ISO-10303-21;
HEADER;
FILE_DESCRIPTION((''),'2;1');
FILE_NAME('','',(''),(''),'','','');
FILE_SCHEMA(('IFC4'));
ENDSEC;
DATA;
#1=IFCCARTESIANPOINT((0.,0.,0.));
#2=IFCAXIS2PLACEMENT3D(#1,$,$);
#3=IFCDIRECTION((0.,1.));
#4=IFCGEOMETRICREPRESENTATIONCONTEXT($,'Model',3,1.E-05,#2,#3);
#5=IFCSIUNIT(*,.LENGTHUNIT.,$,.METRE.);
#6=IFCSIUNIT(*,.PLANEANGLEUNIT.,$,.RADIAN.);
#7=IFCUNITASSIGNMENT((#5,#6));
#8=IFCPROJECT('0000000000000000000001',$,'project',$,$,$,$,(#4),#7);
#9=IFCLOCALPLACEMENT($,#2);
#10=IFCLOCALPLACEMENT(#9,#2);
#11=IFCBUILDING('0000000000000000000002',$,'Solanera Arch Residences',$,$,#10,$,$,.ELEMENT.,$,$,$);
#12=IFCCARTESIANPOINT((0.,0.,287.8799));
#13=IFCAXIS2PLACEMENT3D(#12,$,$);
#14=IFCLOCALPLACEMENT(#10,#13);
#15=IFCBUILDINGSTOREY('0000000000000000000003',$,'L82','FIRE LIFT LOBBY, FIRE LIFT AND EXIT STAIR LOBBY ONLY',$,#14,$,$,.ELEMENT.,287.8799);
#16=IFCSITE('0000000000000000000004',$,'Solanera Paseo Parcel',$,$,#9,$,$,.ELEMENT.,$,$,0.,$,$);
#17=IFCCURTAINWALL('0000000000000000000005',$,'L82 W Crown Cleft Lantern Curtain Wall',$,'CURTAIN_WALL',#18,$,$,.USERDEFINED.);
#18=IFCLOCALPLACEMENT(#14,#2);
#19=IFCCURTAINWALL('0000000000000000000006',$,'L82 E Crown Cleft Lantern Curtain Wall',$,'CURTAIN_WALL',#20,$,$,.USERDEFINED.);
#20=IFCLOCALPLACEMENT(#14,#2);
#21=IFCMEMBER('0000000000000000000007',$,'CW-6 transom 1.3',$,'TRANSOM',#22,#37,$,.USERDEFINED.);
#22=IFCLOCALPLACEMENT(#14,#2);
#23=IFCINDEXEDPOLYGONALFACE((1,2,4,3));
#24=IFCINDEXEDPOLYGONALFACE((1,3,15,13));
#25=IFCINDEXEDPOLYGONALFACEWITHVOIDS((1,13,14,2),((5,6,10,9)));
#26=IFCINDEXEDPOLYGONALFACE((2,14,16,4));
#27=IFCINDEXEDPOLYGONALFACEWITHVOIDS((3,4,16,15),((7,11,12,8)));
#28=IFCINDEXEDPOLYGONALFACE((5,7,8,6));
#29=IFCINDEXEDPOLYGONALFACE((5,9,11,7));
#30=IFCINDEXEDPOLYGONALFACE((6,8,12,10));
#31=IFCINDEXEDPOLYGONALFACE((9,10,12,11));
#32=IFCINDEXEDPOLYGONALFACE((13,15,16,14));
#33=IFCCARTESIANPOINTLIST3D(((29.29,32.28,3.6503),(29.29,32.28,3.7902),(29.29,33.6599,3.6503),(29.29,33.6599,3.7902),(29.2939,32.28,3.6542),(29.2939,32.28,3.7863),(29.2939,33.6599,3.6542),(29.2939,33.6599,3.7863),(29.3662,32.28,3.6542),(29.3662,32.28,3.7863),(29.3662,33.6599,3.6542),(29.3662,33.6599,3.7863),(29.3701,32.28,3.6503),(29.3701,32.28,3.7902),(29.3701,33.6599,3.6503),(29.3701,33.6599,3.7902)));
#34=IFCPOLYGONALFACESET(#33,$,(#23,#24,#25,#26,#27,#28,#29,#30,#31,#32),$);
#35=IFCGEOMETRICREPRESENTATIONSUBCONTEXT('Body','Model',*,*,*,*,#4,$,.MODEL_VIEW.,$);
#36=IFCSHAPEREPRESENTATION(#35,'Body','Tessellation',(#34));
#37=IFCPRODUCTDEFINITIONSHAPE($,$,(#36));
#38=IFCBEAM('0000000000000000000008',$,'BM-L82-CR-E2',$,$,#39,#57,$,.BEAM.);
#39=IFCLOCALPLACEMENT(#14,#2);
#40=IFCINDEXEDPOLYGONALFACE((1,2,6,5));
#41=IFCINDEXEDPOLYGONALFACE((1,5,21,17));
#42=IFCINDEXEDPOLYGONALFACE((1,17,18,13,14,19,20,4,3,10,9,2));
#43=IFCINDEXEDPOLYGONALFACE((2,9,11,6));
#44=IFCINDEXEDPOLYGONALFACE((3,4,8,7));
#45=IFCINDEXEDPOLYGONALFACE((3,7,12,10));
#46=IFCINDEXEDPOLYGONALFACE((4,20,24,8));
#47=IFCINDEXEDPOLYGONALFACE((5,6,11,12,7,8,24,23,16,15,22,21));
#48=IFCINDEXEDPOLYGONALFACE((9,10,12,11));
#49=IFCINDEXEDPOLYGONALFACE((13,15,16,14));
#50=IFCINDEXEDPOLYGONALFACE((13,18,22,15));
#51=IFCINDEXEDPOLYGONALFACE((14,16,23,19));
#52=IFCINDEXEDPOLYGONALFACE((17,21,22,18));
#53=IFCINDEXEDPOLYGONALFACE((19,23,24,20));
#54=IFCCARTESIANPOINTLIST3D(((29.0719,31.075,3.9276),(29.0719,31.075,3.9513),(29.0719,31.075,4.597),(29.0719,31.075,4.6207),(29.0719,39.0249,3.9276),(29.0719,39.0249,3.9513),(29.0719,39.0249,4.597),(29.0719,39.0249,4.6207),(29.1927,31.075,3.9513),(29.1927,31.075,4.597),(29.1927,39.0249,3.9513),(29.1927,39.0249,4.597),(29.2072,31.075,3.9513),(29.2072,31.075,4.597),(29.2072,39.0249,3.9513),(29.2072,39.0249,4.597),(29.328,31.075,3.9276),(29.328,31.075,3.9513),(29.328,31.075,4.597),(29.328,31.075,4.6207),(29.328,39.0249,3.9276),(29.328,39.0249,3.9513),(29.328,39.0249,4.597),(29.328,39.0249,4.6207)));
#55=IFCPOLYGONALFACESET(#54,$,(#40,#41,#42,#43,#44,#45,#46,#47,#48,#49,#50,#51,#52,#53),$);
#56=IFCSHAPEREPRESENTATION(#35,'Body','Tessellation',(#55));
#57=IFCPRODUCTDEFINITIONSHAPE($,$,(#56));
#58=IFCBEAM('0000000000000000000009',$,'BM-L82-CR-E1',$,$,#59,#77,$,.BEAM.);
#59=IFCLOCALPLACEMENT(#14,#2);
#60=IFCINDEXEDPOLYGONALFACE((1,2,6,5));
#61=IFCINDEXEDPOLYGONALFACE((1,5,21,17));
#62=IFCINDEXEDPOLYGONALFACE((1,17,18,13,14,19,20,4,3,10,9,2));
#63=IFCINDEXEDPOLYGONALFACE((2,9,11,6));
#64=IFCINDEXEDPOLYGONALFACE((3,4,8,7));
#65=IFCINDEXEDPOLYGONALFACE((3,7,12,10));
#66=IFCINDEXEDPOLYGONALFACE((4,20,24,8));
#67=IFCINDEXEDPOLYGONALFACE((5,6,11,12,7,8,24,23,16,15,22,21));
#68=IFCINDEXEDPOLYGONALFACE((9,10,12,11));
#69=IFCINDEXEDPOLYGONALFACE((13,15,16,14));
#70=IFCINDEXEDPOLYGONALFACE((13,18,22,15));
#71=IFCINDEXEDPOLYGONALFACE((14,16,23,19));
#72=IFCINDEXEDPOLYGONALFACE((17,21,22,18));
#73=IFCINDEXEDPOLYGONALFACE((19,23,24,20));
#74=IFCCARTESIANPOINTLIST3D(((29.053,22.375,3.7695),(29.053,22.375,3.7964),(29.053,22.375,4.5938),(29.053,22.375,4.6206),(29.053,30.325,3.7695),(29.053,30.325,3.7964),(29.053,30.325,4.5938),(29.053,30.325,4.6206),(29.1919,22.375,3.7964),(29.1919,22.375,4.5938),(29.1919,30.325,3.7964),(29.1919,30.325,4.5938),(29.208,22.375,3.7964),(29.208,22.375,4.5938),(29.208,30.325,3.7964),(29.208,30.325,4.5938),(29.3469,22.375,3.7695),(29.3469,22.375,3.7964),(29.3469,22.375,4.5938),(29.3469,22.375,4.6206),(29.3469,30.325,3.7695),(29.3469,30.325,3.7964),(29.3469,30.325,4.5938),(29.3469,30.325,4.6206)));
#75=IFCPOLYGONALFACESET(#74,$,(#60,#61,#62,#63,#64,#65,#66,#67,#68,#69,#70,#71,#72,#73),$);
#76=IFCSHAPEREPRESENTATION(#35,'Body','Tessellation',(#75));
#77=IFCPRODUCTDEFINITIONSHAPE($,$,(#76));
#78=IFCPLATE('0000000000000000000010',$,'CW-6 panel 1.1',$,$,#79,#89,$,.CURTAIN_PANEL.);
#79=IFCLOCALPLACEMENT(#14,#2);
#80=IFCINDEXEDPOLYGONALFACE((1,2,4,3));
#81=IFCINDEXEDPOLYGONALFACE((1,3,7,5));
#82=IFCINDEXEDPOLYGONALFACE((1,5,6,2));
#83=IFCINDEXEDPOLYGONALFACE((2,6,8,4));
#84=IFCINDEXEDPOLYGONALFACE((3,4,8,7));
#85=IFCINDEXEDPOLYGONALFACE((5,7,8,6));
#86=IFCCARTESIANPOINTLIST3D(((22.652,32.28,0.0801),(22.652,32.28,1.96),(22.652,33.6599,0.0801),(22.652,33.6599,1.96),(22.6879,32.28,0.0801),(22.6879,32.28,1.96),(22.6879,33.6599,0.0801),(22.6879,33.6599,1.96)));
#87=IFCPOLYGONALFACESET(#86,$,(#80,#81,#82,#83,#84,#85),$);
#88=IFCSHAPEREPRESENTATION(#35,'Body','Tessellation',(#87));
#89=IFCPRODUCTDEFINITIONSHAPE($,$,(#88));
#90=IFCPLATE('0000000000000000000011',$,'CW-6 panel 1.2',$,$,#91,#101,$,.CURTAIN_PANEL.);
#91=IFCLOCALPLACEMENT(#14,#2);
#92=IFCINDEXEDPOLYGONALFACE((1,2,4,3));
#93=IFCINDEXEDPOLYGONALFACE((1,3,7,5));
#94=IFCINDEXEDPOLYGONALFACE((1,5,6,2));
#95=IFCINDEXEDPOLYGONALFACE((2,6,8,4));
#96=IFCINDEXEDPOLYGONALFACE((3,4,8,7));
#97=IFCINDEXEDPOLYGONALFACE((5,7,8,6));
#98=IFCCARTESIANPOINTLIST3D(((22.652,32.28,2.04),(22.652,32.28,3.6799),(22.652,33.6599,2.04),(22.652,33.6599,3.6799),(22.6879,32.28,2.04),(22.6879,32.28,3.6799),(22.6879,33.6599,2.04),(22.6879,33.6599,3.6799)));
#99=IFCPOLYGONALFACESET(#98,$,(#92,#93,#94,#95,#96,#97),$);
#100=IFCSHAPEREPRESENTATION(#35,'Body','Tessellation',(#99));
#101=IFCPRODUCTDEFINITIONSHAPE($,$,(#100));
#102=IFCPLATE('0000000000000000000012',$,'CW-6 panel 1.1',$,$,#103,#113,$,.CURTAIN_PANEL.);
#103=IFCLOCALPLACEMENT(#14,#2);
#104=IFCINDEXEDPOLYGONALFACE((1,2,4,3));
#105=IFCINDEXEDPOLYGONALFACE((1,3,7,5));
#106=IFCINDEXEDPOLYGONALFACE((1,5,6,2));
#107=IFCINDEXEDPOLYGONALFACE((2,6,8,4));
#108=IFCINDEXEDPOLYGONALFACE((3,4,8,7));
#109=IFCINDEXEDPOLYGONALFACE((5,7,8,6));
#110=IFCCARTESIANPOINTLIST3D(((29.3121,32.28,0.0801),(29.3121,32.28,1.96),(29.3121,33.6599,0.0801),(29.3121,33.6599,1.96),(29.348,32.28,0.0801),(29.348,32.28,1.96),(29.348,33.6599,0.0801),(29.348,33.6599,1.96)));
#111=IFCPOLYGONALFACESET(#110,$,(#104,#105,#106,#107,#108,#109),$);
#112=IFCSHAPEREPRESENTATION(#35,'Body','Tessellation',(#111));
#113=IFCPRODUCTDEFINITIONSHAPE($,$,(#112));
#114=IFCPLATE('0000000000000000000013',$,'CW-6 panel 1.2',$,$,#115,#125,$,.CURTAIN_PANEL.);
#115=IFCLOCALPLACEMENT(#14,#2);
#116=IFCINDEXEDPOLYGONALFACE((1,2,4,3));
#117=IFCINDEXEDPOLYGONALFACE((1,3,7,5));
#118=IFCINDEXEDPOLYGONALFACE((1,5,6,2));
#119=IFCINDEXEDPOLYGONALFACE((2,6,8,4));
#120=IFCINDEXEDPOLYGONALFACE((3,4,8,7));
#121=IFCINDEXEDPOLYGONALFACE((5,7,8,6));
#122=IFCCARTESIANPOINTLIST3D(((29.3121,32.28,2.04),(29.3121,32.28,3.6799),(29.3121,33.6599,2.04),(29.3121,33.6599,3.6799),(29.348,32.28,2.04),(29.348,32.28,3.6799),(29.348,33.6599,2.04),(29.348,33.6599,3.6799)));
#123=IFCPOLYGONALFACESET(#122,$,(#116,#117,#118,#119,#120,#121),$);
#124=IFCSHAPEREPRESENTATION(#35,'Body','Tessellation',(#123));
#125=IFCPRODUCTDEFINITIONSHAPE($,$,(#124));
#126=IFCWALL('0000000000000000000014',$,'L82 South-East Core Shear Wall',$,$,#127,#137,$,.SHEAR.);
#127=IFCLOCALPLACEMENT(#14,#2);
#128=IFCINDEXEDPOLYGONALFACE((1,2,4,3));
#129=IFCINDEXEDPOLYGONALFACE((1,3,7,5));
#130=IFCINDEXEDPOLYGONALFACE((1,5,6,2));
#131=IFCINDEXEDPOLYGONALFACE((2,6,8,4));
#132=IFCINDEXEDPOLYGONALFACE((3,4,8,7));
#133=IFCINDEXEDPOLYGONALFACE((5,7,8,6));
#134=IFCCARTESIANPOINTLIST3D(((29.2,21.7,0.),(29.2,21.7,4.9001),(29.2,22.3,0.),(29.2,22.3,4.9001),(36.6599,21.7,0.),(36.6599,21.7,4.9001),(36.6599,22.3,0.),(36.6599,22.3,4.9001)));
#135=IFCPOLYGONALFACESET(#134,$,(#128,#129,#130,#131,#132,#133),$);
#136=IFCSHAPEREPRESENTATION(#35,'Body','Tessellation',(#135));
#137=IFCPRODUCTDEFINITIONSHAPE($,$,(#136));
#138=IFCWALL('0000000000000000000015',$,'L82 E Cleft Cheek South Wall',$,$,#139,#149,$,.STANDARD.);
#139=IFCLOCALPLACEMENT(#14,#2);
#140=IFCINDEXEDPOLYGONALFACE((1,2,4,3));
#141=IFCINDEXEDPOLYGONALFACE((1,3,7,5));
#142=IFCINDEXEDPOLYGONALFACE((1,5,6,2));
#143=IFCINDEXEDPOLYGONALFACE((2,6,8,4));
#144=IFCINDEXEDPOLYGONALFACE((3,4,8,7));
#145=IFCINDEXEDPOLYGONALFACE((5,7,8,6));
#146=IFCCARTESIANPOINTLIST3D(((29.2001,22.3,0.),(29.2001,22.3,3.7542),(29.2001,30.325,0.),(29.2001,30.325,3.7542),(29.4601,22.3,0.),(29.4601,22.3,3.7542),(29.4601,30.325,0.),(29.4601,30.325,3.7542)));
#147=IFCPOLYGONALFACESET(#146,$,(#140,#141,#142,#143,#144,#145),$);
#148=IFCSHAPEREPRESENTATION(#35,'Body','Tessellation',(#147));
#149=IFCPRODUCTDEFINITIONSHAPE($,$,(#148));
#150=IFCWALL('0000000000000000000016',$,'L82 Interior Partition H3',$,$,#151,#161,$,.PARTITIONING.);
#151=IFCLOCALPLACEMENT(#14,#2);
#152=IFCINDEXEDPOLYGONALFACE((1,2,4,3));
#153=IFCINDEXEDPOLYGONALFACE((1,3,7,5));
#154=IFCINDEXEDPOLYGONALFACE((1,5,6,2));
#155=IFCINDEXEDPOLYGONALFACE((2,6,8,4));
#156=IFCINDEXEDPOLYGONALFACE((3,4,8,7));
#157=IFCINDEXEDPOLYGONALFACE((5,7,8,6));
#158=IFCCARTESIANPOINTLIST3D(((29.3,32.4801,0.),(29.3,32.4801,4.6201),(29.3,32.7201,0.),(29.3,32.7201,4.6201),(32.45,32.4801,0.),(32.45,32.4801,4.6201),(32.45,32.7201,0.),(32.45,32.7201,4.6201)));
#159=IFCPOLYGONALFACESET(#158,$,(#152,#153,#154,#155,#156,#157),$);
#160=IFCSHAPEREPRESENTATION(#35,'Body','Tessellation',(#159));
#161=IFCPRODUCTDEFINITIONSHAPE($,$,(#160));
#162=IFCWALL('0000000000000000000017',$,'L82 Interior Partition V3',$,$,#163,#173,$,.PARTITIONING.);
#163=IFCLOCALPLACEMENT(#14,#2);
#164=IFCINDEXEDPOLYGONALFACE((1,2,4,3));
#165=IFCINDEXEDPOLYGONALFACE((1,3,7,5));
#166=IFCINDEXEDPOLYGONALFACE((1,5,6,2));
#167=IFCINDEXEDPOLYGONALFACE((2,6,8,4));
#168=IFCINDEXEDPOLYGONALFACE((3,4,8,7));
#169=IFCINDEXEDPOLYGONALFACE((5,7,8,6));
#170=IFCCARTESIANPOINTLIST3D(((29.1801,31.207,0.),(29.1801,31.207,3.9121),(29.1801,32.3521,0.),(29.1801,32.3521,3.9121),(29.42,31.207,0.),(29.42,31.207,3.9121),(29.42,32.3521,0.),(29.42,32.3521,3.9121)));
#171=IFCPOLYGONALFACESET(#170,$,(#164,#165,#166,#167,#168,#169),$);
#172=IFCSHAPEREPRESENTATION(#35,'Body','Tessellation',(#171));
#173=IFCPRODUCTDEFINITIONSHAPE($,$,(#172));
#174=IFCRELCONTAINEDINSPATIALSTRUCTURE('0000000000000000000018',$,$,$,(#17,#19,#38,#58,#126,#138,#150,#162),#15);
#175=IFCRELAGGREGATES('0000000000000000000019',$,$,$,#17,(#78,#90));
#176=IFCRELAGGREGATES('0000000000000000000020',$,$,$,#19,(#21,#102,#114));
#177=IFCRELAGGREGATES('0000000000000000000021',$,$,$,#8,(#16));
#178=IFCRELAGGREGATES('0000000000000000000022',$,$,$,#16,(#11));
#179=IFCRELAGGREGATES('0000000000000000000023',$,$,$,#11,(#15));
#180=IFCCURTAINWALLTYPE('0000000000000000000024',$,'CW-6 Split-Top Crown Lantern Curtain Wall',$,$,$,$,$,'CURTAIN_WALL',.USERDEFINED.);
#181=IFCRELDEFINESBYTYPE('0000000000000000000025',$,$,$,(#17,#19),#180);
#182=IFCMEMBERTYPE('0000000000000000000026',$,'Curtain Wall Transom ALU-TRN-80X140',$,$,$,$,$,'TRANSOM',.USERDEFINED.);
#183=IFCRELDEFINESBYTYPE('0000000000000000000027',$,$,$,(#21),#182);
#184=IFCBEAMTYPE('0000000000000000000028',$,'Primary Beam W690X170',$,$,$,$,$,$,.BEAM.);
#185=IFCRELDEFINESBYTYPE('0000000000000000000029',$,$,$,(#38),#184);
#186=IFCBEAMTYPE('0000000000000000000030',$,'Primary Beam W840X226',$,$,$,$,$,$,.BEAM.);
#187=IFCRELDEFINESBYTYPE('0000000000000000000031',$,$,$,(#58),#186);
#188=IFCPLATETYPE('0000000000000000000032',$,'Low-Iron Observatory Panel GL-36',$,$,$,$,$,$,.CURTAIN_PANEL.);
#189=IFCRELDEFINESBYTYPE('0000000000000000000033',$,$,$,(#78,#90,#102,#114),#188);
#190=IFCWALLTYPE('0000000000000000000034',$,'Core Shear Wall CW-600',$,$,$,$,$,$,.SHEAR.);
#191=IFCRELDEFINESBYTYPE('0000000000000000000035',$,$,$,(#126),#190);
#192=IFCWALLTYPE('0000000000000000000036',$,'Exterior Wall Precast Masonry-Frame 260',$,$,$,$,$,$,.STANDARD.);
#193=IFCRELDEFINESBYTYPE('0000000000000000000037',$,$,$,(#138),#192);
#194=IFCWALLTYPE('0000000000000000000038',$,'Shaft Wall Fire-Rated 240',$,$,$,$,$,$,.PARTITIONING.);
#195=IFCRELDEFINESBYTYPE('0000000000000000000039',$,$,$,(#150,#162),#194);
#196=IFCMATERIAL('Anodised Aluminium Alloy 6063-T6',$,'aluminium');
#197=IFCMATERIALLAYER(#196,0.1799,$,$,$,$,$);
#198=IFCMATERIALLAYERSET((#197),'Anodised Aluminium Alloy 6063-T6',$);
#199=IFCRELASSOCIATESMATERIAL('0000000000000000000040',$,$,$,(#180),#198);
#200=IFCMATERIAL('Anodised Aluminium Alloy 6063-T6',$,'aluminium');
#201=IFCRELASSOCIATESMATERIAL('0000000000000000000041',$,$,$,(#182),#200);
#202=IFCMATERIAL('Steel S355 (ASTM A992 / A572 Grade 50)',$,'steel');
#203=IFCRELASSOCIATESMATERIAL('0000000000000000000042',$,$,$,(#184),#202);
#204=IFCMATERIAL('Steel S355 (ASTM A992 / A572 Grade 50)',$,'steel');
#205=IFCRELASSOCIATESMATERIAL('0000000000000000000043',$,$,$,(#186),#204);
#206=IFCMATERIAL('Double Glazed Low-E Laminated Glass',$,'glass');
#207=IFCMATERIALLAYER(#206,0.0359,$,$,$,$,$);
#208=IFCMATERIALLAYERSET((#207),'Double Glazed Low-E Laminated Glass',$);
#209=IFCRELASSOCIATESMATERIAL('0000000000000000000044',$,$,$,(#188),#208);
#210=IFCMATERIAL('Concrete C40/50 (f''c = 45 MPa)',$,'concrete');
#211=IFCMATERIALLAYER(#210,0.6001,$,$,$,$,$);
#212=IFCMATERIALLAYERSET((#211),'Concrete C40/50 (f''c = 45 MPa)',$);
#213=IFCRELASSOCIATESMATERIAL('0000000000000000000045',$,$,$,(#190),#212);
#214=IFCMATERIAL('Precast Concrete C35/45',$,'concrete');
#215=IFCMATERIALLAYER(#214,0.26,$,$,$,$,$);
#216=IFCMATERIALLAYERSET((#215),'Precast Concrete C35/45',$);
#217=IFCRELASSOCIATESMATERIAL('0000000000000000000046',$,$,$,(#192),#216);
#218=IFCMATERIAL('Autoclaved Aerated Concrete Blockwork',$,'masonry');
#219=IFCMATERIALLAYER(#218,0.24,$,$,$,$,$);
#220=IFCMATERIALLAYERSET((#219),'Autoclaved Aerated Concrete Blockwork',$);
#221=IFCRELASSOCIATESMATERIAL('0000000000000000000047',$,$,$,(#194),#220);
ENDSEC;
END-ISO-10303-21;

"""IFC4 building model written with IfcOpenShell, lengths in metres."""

from ifc_helpers import new_model, si_unit, direction, frame, frame_2d, origin, origin_2d, place, context, subcontext, project, spatial, rectangle, hollow_rectangle, i_section, extrude, material, layer, layer_set, material_profile, profile_set, type_object, element, aggregate, save


model = new_model("IFC4")

# Units and contexts
model_context = context("Model", 3, precision=1e-05, world=origin(), true_north=direction((0.0, 1.0)))
body_context = subcontext(model_context, "Body", "Model", "MODEL_VIEW")
ifc_project = project(units=[si_unit("LENGTHUNIT", "METRE"), si_unit("PLANEANGLEUNIT", "RADIAN")], contexts=[model_context])

# Site, building, storey
site_placement = place(None, origin())
site = spatial("IfcSite", under=ifc_project, at=site_placement, Name="Solanera Paseo Parcel", CompositionType="ELEMENT", RefElevation=0.0)
building_placement = place(site_placement, origin())
building = spatial("IfcBuilding", under=site, at=building_placement, Name="Solanera Arch Residences", CompositionType="ELEMENT")
storey_placement = place(building_placement, frame((0.0, 0.0, 287.8799)))
storey = spatial("IfcBuildingStorey", under=building, at=storey_placement, Name="L82", Description="FIRE LIFT LOBBY, FIRE LIFT AND EXIT STAIR LOBBY ONLY", CompositionType="ELEMENT", Elevation=287.8799)

# Curtain walls
ifc_material_1 = material(Name="Anodised Aluminium Alloy 6063-T6", Category="aluminium")
ifc_layer_1 = layer(ifc_material_1, 0.1799)
ifc_layer_set_1 = layer_set([ifc_layer_1], Name="Anodised Aluminium Alloy 6063-T6")
curtain_wall_type = type_object("IfcCurtainWallType", Name="CW-6 Split-Top Crown Lantern Curtain Wall", ElementType="CURTAIN_WALL", PredefinedType="USERDEFINED", material=ifc_layer_set_1)
curtain_wall_1_placement = place(storey_placement, origin())
curtain_wall_1 = element("IfcCurtainWall", 1, at=curtain_wall_1_placement, inside=storey, type_object=curtain_wall_type, Name="L82 W Crown Cleft Lantern Curtain Wall", ObjectType="CURTAIN_WALL", PredefinedType="USERDEFINED")
curtain_wall_2_placement = place(storey_placement, origin())
curtain_wall_2 = element("IfcCurtainWall", 2, at=curtain_wall_2_placement, inside=storey, type_object=curtain_wall_type, Name="L82 E Crown Cleft Lantern Curtain Wall", ObjectType="CURTAIN_WALL", PredefinedType="USERDEFINED")

# Member
ifc_material_2 = material(Name="Anodised Aluminium Alloy 6063-T6", Category="aluminium")
ifc_material_profile_1 = material_profile(ifc_material_2, hollow_rectangle(XDim=0.0801, YDim=0.1399, WallThickness=0.0039, at=origin_2d()))
ifc_profile_set_1 = profile_set([ifc_material_profile_1], Name="Anodised Aluminium Alloy 6063-T6")
member_type_1 = type_object("IfcMemberType", Name="Curtain Wall Transom ALU-TRN-80X140", ElementType="TRANSOM", PredefinedType="USERDEFINED", material=ifc_profile_set_1)
member_1_placement = place(storey_placement, frame((29.3301, 32.28, 3.7202), z_axis=(0.0, 1.0, 0.0), x_axis=(-1.0, 0.0, 0.0)))
member_1 = element("IfcMember", 3, at=member_1_placement, type_object=member_type_1, Name="CW-6 transom 1.3", ObjectType="TRANSOM", PredefinedType="USERDEFINED", context=body_context, shape_type="SweptSolid", body=[
    extrude(hollow_rectangle(XDim=0.0801, YDim=0.1399, WallThickness=0.0039, at=origin_2d()), origin(), (0.0, 0.0, 1.0), 1.3799),
])

# Beams
ifc_material_3 = material(Name="Steel S355 (ASTM A992 / A572 Grade 50)", Category="steel")
ifc_material_profile_2 = material_profile(ifc_material_3, i_section(OverallWidth=0.2561, OverallDepth=0.6931, WebThickness=0.0144, FlangeThickness=0.0237, at=origin_2d()))
ifc_profile_set_2 = profile_set([ifc_material_profile_2], Name="Steel S355 (ASTM A992 / A572 Grade 50)")
beam_type_1 = type_object("IfcBeamType", Name="Primary Beam W690X170", PredefinedType="BEAM", material=ifc_profile_set_2)
beam_1_placement = place(storey_placement, frame((29.2, 31.075, 4.2742), z_axis=(0.0, 1.0, 0.0), x_axis=(-1.0, 0.0, 0.0)))
element("IfcBeam", 4, at=beam_1_placement, inside=storey, type_object=beam_type_1, Name="BM-L82-CR-E2", PredefinedType="BEAM", context=body_context, shape_type="SweptSolid", body=[
    extrude(i_section(OverallWidth=0.2561, OverallDepth=0.6931, WebThickness=0.0144, FlangeThickness=0.0237, at=origin_2d()), origin(), (0.0, 0.0, 1.0), 7.95),
])
ifc_material_4 = material(Name="Steel S355 (ASTM A992 / A572 Grade 50)", Category="steel")
ifc_material_profile_3 = material_profile(ifc_material_4, i_section(OverallWidth=0.2939, OverallDepth=0.8511, WebThickness=0.0161, FlangeThickness=0.0269, at=origin_2d()))
ifc_profile_set_3 = profile_set([ifc_material_profile_3], Name="Steel S355 (ASTM A992 / A572 Grade 50)")
beam_type_2 = type_object("IfcBeamType", Name="Primary Beam W840X226", PredefinedType="BEAM", material=ifc_profile_set_3)
beam_2_placement = place(storey_placement, frame((29.2, 22.375, 4.1951), z_axis=(0.0, 1.0, 0.0), x_axis=(-1.0, 0.0, 0.0)))
element("IfcBeam", 5, at=beam_2_placement, inside=storey, type_object=beam_type_2, Name="BM-L82-CR-E1", PredefinedType="BEAM", context=body_context, shape_type="SweptSolid", body=[
    extrude(i_section(OverallWidth=0.2939, OverallDepth=0.8511, WebThickness=0.0161, FlangeThickness=0.0269, at=origin_2d()), origin(), (0.0, 0.0, 1.0), 7.95),
])

# Plates
ifc_material_5 = material(Name="Double Glazed Low-E Laminated Glass", Category="glass")
ifc_layer_2 = layer(ifc_material_5, 0.0359)
ifc_layer_set_2 = layer_set([ifc_layer_2], Name="Double Glazed Low-E Laminated Glass")
plate_type = type_object("IfcPlateType", Name="Low-Iron Observatory Panel GL-36", PredefinedType="CURTAIN_PANEL", material=ifc_layer_set_2)
plate_1_placement = place(storey_placement, frame((22.6699, 32.97, 0.0801), z_axis=(0.0, 0.0, 1.0), x_axis=(0.0, 1.0, 0.0)))
plate_1 = element("IfcPlate", 6, at=plate_1_placement, type_object=plate_type, Name="CW-6 panel 1.1", PredefinedType="CURTAIN_PANEL", context=body_context, shape_type="SweptSolid", body=[
    extrude(rectangle(XDim=1.3799, YDim=0.0359, at=origin_2d()), origin(), (0.0, 0.0, 1.0), 1.8799),
])
plate_2_placement = place(storey_placement, frame((22.6699, 32.97, 2.04), z_axis=(0.0, 0.0, 1.0), x_axis=(0.0, 1.0, 0.0)))
plate_2 = element("IfcPlate", 7, at=plate_2_placement, type_object=plate_type, Name="CW-6 panel 1.2", PredefinedType="CURTAIN_PANEL", context=body_context, shape_type="SweptSolid", body=[
    extrude(rectangle(XDim=1.3799, YDim=0.0359, at=origin_2d()), origin(), (0.0, 0.0, 1.0), 1.6399),
])
aggregate(curtain_wall_1, [plate_1, plate_2])
plate_3_placement = place(storey_placement, frame((29.3301, 32.97, 0.0801), z_axis=(0.0, 0.0, 1.0), x_axis=(0.0, 1.0, 0.0)))
plate_3 = element("IfcPlate", 8, at=plate_3_placement, type_object=plate_type, Name="CW-6 panel 1.1", PredefinedType="CURTAIN_PANEL", context=body_context, shape_type="SweptSolid", body=[
    extrude(rectangle(XDim=1.3799, YDim=0.0359, at=origin_2d()), origin(), (0.0, 0.0, 1.0), 1.8799),
])
plate_4_placement = place(storey_placement, frame((29.3301, 32.97, 2.04), z_axis=(0.0, 0.0, 1.0), x_axis=(0.0, 1.0, 0.0)))
plate_4 = element("IfcPlate", 9, at=plate_4_placement, type_object=plate_type, Name="CW-6 panel 1.2", PredefinedType="CURTAIN_PANEL", context=body_context, shape_type="SweptSolid", body=[
    extrude(rectangle(XDim=1.3799, YDim=0.0359, at=origin_2d()), origin(), (0.0, 0.0, 1.0), 1.6399),
])
aggregate(curtain_wall_2, [member_1, plate_3, plate_4])

# Walls
ifc_material_6 = material(Name="Concrete C40/50 (f'c = 45 MPa)", Category="concrete")
ifc_layer_3 = layer(ifc_material_6, 0.6001)
ifc_layer_set_3 = layer_set([ifc_layer_3], Name="Concrete C40/50 (f'c = 45 MPa)")
wall_type_1 = type_object("IfcWallType", Name="Core Shear Wall CW-600", PredefinedType="SHEAR", material=ifc_layer_set_3)
wall_1_placement = place(storey_placement, frame((29.2, 22.0, 0.0), z_axis=(0.0, 0.0, 1.0), x_axis=(1.0, 0.0, 0.0)))
element("IfcWall", 10, at=wall_1_placement, inside=storey, type_object=wall_type_1, Name="L82 South-East Core Shear Wall", PredefinedType="SHEAR", context=body_context, shape_type="SweptSolid", body=[
    extrude(rectangle(XDim=7.46, YDim=0.6001, at=frame_2d((3.73, 0.0))), origin(), (0.0, 0.0, 1.0), 4.9001),
])
ifc_material_7 = material(Name="Precast Concrete C35/45", Category="concrete")
ifc_layer_4 = layer(ifc_material_7, 0.26)
ifc_layer_set_4 = layer_set([ifc_layer_4], Name="Precast Concrete C35/45")
wall_type_2 = type_object("IfcWallType", Name="Exterior Wall Precast Masonry-Frame 260", PredefinedType="STANDARD", material=ifc_layer_set_4)
wall_2_placement = place(storey_placement, frame((29.3301, 22.3, 0.0), z_axis=(0.0, 0.0, 1.0), x_axis=(0.0, 1.0, 0.0)))
element("IfcWall", 11, at=wall_2_placement, inside=storey, type_object=wall_type_2, Name="L82 E Cleft Cheek South Wall", PredefinedType="STANDARD", context=body_context, shape_type="SweptSolid", body=[
    extrude(rectangle(XDim=8.0249, YDim=0.26, at=frame_2d((4.0125, 0.0))), origin(), (0.0, 0.0, 1.0), 3.7542),
])
ifc_material_8 = material(Name="Autoclaved Aerated Concrete Blockwork", Category="masonry")
ifc_layer_5 = layer(ifc_material_8, 0.24)
ifc_layer_set_5 = layer_set([ifc_layer_5], Name="Autoclaved Aerated Concrete Blockwork")
wall_type_3 = type_object("IfcWallType", Name="Shaft Wall Fire-Rated 240", PredefinedType="PARTITIONING", material=ifc_layer_set_5)
wall_3_placement = place(storey_placement, frame((29.3, 32.6001, 0.0), z_axis=(0.0, 0.0, 1.0), x_axis=(1.0, 0.0, 0.0)))
element("IfcWall", 12, at=wall_3_placement, inside=storey, type_object=wall_type_3, Name="L82 Interior Partition H3", PredefinedType="PARTITIONING", context=body_context, shape_type="SweptSolid", body=[
    extrude(rectangle(XDim=3.1499, YDim=0.24, at=frame_2d((1.575, 0.0))), origin(), (0.0, 0.0, 1.0), 4.6201),
])
wall_4_placement = place(storey_placement, frame((29.3, 31.207, 0.0), z_axis=(0.0, 0.0, 1.0), x_axis=(0.0, 1.0, 0.0)))
element("IfcWall", 13, at=wall_4_placement, inside=storey, type_object=wall_type_3, Name="L82 Interior Partition V3", PredefinedType="PARTITIONING", context=body_context, shape_type="SweptSolid", body=[
    extrude(rectangle(XDim=1.145, YDim=0.24, at=frame_2d((0.5725, 0.0))), origin(), (0.0, 0.0, 1.0), 3.9121),
])

save(model, "model.ifc")
